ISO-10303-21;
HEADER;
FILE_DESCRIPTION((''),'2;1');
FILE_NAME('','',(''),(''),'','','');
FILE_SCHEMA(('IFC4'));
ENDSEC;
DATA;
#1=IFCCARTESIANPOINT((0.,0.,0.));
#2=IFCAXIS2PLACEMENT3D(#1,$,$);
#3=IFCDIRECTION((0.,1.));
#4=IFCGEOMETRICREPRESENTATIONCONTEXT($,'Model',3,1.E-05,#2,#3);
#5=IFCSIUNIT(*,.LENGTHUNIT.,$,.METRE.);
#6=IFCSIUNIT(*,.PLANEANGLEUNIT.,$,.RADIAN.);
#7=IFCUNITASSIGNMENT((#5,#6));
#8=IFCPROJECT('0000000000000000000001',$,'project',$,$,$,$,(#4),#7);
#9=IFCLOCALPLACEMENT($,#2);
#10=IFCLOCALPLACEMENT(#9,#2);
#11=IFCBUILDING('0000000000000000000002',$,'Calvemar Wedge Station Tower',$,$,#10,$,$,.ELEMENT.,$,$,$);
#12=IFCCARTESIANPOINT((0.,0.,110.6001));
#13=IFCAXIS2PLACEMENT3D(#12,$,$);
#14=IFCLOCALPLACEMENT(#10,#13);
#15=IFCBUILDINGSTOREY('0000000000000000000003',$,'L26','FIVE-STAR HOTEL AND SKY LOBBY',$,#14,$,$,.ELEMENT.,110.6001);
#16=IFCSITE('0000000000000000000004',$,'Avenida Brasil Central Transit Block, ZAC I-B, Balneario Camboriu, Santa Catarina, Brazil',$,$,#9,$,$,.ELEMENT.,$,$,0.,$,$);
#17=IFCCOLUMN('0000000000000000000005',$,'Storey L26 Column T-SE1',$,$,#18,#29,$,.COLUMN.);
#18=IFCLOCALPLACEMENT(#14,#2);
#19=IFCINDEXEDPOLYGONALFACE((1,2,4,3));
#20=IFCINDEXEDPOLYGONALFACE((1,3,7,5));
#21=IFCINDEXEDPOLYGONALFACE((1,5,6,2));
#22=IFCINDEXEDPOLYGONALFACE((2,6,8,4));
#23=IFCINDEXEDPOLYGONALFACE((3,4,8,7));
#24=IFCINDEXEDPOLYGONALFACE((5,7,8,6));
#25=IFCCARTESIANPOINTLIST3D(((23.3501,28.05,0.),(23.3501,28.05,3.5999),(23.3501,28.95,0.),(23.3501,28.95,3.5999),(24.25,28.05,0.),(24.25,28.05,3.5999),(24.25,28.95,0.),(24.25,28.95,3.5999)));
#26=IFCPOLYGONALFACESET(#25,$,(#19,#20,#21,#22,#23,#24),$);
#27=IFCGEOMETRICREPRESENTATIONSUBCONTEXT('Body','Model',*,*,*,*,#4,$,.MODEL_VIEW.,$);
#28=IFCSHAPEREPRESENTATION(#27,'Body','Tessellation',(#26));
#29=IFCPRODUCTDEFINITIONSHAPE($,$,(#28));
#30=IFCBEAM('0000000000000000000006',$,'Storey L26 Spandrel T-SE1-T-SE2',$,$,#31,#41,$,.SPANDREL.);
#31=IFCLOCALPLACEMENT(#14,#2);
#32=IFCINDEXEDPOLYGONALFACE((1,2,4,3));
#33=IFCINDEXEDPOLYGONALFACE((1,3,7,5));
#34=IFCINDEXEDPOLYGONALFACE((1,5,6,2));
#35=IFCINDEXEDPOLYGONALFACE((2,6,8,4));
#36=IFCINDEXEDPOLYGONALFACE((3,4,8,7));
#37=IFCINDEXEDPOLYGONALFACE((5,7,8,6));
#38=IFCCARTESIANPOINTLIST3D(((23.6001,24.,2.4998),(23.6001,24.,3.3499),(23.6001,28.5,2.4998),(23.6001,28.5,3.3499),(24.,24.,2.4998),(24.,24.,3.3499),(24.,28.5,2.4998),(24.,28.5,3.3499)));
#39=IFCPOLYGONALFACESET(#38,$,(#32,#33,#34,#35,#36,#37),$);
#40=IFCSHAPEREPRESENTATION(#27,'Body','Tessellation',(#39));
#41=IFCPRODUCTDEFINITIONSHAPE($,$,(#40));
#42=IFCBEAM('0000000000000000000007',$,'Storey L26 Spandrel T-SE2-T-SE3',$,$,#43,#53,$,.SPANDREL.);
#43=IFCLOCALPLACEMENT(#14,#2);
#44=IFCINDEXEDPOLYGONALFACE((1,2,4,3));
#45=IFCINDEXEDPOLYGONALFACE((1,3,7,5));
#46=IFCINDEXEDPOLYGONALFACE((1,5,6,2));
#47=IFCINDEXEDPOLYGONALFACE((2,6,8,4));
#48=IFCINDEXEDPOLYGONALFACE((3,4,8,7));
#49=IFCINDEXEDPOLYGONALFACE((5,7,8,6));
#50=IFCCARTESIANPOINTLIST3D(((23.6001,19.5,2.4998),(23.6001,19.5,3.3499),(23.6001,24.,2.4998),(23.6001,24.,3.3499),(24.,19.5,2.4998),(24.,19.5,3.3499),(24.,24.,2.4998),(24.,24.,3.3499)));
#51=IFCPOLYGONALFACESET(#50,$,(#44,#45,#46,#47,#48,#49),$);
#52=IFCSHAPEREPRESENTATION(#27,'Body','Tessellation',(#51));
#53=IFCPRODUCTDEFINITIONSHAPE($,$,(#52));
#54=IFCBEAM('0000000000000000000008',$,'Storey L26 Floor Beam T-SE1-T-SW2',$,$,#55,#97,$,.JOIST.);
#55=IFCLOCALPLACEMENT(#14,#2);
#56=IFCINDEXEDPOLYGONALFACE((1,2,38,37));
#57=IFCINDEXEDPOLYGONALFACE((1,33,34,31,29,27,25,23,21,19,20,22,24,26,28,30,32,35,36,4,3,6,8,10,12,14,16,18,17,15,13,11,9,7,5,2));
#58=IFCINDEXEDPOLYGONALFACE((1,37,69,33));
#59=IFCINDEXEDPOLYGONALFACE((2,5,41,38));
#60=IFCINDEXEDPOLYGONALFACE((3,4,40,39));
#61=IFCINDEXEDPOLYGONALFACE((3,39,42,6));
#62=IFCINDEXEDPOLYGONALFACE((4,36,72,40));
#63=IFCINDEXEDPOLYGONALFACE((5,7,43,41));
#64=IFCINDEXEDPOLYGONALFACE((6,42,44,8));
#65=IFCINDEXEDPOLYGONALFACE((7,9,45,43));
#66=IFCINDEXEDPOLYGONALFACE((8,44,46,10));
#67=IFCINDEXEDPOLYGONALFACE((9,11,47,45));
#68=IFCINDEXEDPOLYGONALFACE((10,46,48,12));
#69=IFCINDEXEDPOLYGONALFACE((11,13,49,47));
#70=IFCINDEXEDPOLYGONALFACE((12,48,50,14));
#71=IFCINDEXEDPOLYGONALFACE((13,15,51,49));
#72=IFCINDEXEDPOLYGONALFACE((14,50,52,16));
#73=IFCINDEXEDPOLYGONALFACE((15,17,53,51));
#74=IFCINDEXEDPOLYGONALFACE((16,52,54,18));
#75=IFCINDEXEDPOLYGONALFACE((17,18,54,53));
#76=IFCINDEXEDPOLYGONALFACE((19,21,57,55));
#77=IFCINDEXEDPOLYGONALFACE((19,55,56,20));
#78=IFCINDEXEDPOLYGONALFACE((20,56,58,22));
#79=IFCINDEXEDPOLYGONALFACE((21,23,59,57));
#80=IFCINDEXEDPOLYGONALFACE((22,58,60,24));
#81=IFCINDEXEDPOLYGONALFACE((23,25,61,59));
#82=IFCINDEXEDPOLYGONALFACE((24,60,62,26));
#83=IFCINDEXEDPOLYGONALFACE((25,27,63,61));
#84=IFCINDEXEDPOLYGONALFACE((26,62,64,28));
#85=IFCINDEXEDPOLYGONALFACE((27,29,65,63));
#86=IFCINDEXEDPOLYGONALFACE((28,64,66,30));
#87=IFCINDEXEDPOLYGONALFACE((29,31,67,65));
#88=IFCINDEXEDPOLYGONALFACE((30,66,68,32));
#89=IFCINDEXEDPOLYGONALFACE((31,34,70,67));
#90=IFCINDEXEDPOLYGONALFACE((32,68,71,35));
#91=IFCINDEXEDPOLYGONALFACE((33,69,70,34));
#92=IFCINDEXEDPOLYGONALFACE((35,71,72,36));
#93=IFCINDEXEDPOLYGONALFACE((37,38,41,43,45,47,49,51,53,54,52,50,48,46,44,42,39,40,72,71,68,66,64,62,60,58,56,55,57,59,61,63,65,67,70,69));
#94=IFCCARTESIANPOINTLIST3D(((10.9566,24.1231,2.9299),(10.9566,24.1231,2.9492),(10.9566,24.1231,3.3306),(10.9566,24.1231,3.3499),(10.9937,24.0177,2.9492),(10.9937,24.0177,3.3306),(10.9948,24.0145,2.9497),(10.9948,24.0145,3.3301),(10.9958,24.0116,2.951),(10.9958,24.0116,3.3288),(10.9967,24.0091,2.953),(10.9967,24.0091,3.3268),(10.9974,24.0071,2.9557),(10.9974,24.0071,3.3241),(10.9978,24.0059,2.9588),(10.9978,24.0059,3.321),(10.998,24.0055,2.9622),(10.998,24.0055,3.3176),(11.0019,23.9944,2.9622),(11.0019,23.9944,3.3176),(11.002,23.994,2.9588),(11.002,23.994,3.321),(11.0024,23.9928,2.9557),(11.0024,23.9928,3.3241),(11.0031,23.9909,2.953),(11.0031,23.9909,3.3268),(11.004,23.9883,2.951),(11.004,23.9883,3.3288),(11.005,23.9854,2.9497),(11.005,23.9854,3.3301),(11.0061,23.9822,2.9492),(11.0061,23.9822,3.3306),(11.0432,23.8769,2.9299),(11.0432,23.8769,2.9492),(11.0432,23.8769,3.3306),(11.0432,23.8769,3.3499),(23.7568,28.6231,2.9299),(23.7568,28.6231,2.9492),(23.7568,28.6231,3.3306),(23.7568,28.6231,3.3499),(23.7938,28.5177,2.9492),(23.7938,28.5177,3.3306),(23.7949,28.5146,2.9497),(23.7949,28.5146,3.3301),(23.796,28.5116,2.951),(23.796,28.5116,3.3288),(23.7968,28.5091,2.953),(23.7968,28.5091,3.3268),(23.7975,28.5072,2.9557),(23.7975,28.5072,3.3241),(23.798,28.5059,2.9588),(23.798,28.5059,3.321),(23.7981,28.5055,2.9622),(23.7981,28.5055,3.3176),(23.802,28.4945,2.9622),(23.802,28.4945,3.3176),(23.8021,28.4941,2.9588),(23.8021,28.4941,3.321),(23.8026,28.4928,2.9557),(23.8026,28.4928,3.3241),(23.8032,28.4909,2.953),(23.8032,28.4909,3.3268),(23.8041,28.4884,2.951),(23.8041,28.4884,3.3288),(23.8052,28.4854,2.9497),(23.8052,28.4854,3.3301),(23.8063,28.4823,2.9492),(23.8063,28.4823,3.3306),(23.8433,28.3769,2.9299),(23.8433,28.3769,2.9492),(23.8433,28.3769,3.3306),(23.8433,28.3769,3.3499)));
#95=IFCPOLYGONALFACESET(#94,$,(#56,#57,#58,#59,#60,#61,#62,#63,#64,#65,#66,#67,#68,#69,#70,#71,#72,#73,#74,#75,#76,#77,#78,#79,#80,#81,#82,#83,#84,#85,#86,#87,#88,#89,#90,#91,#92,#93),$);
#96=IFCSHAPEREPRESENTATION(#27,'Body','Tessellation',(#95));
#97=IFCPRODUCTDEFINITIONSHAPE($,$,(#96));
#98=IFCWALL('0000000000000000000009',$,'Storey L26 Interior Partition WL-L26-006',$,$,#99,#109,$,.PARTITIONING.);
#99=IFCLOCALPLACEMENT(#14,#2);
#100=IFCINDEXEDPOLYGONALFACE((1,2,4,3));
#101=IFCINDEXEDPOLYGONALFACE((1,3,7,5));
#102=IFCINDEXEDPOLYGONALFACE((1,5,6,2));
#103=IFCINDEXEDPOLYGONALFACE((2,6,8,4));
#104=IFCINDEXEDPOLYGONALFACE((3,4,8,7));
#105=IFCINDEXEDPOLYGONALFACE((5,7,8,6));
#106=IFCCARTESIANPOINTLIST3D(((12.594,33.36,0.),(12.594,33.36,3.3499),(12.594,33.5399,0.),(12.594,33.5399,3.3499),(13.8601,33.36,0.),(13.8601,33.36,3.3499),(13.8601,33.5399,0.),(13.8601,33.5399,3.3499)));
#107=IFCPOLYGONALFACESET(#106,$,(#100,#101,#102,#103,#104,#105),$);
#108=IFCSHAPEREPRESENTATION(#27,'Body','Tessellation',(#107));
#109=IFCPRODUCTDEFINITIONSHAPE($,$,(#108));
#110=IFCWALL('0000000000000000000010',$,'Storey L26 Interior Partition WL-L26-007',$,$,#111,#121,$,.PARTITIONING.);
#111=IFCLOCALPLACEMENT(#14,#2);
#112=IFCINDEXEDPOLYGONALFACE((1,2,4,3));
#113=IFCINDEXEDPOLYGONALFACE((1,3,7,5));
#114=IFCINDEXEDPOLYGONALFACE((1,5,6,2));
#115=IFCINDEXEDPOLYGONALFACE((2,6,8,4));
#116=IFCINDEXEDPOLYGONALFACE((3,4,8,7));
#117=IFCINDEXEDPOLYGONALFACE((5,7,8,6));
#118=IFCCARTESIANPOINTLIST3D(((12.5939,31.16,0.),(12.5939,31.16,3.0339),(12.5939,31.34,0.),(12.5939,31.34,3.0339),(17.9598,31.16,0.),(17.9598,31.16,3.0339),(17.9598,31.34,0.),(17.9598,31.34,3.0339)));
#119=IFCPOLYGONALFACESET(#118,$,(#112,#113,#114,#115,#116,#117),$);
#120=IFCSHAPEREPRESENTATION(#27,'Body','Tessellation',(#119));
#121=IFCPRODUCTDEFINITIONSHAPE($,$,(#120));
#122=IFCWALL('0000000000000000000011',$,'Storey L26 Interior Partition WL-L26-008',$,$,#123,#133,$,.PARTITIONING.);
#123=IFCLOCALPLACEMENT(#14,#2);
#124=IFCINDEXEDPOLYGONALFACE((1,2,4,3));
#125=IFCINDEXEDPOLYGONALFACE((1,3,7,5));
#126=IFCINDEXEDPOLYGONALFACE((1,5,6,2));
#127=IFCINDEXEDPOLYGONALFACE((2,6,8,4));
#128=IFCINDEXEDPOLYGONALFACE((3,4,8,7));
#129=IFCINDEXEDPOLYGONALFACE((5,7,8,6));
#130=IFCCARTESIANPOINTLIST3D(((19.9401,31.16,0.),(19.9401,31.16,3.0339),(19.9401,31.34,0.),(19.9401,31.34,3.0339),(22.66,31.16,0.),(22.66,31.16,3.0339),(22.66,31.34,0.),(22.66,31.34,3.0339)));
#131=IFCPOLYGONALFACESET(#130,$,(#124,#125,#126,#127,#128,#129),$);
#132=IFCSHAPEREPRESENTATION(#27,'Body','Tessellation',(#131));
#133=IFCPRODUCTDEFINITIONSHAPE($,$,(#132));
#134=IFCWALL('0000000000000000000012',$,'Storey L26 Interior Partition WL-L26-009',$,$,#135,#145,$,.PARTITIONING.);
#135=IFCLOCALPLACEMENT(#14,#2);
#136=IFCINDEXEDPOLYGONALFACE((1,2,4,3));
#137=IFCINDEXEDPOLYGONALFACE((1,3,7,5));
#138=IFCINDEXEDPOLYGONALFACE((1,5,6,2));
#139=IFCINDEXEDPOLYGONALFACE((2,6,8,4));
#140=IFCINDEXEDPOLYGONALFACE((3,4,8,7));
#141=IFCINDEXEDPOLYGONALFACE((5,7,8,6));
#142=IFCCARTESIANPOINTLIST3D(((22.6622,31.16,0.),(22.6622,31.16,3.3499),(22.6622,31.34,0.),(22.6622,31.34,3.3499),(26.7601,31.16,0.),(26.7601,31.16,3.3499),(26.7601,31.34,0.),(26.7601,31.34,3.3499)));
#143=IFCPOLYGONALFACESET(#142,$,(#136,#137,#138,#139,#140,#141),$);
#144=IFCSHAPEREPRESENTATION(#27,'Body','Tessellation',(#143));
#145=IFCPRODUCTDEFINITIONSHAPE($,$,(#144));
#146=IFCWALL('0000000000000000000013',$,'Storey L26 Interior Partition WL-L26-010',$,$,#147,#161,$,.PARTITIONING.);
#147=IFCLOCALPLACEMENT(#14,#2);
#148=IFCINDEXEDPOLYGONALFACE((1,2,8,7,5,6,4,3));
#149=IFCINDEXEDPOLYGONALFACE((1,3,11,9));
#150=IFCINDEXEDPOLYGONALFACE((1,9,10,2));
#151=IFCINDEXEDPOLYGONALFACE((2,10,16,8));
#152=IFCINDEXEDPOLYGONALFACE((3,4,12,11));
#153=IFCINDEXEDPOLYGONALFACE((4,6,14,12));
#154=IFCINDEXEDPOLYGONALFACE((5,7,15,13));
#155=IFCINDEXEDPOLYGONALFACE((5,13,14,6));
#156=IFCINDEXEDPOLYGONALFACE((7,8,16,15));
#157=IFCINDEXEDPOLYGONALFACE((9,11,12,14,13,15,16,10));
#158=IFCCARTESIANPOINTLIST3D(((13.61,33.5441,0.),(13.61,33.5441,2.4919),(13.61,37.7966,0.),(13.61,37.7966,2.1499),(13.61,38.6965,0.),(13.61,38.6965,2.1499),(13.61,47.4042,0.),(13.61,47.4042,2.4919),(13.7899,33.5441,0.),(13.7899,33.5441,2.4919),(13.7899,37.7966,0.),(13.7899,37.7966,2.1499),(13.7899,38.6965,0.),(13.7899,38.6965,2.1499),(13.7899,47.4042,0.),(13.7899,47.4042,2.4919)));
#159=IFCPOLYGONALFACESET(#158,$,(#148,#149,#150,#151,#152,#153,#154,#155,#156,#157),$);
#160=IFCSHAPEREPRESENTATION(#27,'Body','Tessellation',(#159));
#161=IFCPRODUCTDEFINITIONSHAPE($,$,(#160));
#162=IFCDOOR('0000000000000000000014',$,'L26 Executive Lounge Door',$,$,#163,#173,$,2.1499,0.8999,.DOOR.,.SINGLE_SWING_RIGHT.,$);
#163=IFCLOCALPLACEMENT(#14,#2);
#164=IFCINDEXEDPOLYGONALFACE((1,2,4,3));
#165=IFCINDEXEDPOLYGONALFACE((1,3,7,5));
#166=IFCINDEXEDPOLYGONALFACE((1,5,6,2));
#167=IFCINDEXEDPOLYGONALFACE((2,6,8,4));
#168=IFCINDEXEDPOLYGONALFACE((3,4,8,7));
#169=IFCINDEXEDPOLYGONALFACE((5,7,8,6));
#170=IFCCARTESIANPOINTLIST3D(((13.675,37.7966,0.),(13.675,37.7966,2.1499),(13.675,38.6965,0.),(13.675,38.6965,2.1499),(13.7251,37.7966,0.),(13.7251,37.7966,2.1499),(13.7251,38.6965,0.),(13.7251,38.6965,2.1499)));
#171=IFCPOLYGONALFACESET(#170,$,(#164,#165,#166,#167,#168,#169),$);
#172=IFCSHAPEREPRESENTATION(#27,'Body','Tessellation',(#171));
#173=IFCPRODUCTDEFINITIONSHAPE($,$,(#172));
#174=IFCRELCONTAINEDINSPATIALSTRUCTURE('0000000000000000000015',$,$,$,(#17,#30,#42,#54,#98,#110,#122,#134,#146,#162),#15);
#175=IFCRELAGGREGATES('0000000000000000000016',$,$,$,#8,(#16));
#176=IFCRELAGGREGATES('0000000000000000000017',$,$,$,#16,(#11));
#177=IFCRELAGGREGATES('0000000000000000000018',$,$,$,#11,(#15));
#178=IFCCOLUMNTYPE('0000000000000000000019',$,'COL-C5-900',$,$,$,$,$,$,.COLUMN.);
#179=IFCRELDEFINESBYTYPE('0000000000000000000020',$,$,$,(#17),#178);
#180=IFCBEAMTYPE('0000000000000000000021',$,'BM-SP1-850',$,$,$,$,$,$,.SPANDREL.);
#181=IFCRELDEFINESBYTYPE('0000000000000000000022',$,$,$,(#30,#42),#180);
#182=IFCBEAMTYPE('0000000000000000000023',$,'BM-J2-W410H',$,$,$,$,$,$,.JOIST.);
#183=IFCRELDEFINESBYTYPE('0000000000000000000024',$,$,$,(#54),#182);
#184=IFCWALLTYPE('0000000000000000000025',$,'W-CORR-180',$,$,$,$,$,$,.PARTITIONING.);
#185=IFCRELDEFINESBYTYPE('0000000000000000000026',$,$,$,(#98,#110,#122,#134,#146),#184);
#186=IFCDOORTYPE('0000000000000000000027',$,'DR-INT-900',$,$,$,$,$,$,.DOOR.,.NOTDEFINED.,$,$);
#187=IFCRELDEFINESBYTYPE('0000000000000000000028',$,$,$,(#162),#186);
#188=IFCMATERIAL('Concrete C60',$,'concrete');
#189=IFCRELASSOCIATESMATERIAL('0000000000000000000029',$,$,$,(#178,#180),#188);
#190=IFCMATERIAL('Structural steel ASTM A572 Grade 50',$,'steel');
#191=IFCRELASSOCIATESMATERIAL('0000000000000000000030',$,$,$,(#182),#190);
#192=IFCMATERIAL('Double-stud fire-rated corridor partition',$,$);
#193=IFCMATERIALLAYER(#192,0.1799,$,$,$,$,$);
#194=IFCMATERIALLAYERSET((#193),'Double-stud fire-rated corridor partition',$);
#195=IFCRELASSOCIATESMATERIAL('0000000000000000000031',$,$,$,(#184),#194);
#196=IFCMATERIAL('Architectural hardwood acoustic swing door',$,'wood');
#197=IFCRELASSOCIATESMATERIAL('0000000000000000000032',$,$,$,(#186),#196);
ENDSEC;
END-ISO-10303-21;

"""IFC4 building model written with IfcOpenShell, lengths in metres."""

from ifc_helpers import new_model, si_unit, direction, frame, frame_2d, origin, origin_2d, place, context, subcontext, project, spatial, rectangle, i_section, extrude, source, transform, mapped, material, layer, layer_set, material_profile, profile_set, type_object, element, fill, save


model = new_model("IFC4")

# Units and contexts
model_context = context("Model", 3, precision=1e-05, world=origin(), true_north=direction((0.0, 1.0)))
body_context = subcontext(model_context, "Body", "Model", "MODEL_VIEW")
ifc_project = project(units=[si_unit("LENGTHUNIT", "METRE"), si_unit("PLANEANGLEUNIT", "RADIAN")], contexts=[model_context])

# Site, building, storey
site_placement = place(None, origin())
site = spatial("IfcSite", under=ifc_project, at=site_placement, Name="Avenida Brasil Central Transit Block, ZAC I-B, Balneario Camboriu, Santa Catarina, Brazil", CompositionType="ELEMENT", RefElevation=0.0)
building_placement = place(site_placement, origin())
building = spatial("IfcBuilding", under=site, at=building_placement, Name="Calvemar Wedge Station Tower", CompositionType="ELEMENT")
storey_placement = place(building_placement, frame((0.0, 0.0, 110.6001)))
storey = spatial("IfcBuildingStorey", under=building, at=storey_placement, Name="L26", Description="FIVE-STAR HOTEL AND SKY LOBBY", CompositionType="ELEMENT", Elevation=110.6001)

# Column
ifc_material_1 = material(Name="Concrete C60", Category="concrete")
ifc_material_profile_1 = material_profile(ifc_material_1, rectangle(XDim=0.8999, YDim=0.8999, at=origin_2d()), Name="RC900x900")
ifc_profile_set_1 = profile_set([ifc_material_profile_1], Name="Concrete C60")
column_type = type_object("IfcColumnType", Name="COL-C5-900", PredefinedType="COLUMN", material=ifc_profile_set_1)
shared_shape_1 = source(origin(), body_context, "Body", "SweptSolid", [
    extrude(rectangle(XDim=0.8999, YDim=0.8999, at=origin_2d()), origin(), (0.0, 0.0, 1.0), 3.5999),
])
column_placement = place(storey_placement, frame((23.8, 28.5, 0.0), z_axis=(0.0, 0.0, 1.0), x_axis=(1.0, 0.0, 0.0)))
element("IfcColumn", 1, at=column_placement, inside=storey, type_object=column_type, Name="Storey L26 Column T-SE1", PredefinedType="COLUMN", context=body_context, shape_type="MappedRepresentation", body=[
    mapped(shared_shape_1, transform((0.0, 0.0, 0.0), scale=1.0)),
])

# Beams
ifc_material_profile_2 = material_profile(ifc_material_1, rectangle(XDim=0.3999, YDim=0.8501, at=origin_2d()), Name="RC400x850")
ifc_profile_set_2 = profile_set([ifc_material_profile_2], Name="Concrete C60")
beam_type_1 = type_object("IfcBeamType", Name="BM-SP1-850", PredefinedType="SPANDREL", material=ifc_profile_set_2)
shared_shape_2 = source(origin(), body_context, "Body", "SweptSolid", [
    extrude(rectangle(XDim=0.3999, YDim=0.8501, at=origin_2d()), origin(), (0.0, 0.0, 1.0), 4.5),
])
for number, where, z_axis, x_axis, name in (
    (2, (23.8, 28.5, 2.9248), (0.0, -1.0, 0.0), (1.0, 0.0, 0.0), "Storey L26 Spandrel T-SE1-T-SE2"),
    (3, (23.8, 24.0, 2.9248), (0.0, -1.0, 0.0), (1.0, 0.0, 0.0), "Storey L26 Spandrel T-SE2-T-SE3"),
):
    element("IfcBeam", number, at=place(storey_placement, frame(where, z_axis=z_axis, x_axis=x_axis)), inside=storey, type_object=beam_type_1, Name=name, PredefinedType="SPANDREL", context=body_context, shape_type="MappedRepresentation", body=[
        mapped(shared_shape_2, transform((0.0, 0.0, 0.0), scale=1.0)),
    ])
ifc_material_2 = material(Name="Structural steel ASTM A572 Grade 50", Category="steel")
ifc_material_profile_3 = material_profile(ifc_material_2, i_section(OverallWidth=0.261, OverallDepth=0.4199, WebThickness=0.0117, FlangeThickness=0.0193, FilletRadius=0.0129, at=origin_2d()), Name="W410x114")
ifc_profile_set_3 = profile_set([ifc_material_profile_3], Name="Structural steel ASTM A572 Grade 50")
beam_type_2 = type_object("IfcBeamType", Name="BM-J2-W410H", PredefinedType="JOIST", material=ifc_profile_set_3)
shared_shape_3 = source(origin(), body_context, "Body", "SweptSolid", [
    extrude(i_section(OverallWidth=0.261, OverallDepth=0.4199, WebThickness=0.0117, FlangeThickness=0.0193, FilletRadius=0.0129, at=origin_2d()), origin(), (0.0, 0.0, 1.0), 13.5681),
])
beam_placement = place(storey_placement, frame((23.8, 28.5, 3.1399), z_axis=(-0.943398, -0.331662, 0.0), x_axis=(0.331662, -0.943398, 0.0)))
element("IfcBeam", 4, at=beam_placement, inside=storey, type_object=beam_type_2, Name="Storey L26 Floor Beam T-SE1-T-SW2", PredefinedType="JOIST", context=body_context, shape_type="MappedRepresentation", body=[
    mapped(shared_shape_3, transform((0.0, 0.0, 0.0), scale=1.0)),
])

# Walls
ifc_material_3 = material(Name="Double-stud fire-rated corridor partition")
ifc_layer_1 = layer(ifc_material_3, 0.1799)
ifc_layer_set_1 = layer_set([ifc_layer_1], Name="Double-stud fire-rated corridor partition")
wall_type_1 = type_object("IfcWallType", Name="W-CORR-180", PredefinedType="PARTITIONING", material=ifc_layer_set_1)
wall_1_placement = place(storey_placement, frame((12.594, 33.45, 0.0), z_axis=(0.0, 0.0, 1.0), x_axis=(1.0, 0.0, 0.0)))
element("IfcWall", 5, at=wall_1_placement, inside=storey, type_object=wall_type_1, Name="Storey L26 Interior Partition WL-L26-006", PredefinedType="PARTITIONING", context=body_context, shape_type="SweptSolid", body=[
    extrude(rectangle(XDim=1.2661, YDim=0.1799, at=frame_2d((0.6331, 0.0))), origin(), (0.0, 0.0, 1.0), 3.3499),
])
wall_2_placement = place(storey_placement, frame((17.96, 31.25, 0.0), z_axis=(0.0, 0.0, 1.0), x_axis=(-1.0, 0.0, 0.0)))
element("IfcWall", 6, at=wall_2_placement, inside=storey, type_object=wall_type_1, Name="Storey L26 Interior Partition WL-L26-007", PredefinedType="PARTITIONING", context=body_context, shape_type="SweptSolid", body=[
    extrude(rectangle(XDim=5.366, YDim=0.1799, at=frame_2d((2.6831, 0.0))), origin(), (0.0, 0.0, 1.0), 3.0339),
])
wall_3_placement = place(storey_placement, frame((22.6599, 31.25, 0.0), z_axis=(0.0, 0.0, 1.0), x_axis=(-1.0, 0.0, 0.0)))
element("IfcWall", 7, at=wall_3_placement, inside=storey, type_object=wall_type_1, Name="Storey L26 Interior Partition WL-L26-008", PredefinedType="PARTITIONING", context=body_context, shape_type="SweptSolid", body=[
    extrude(rectangle(XDim=2.72, YDim=0.1799, at=frame_2d((1.3599, 0.0))), origin(), (0.0, 0.0, 1.0), 3.0339),
])
wall_4_placement = place(storey_placement, frame((26.76, 31.25, 0.0), z_axis=(0.0, 0.0, 1.0), x_axis=(-1.0, 0.0, 0.0)))
element("IfcWall", 8, at=wall_4_placement, inside=storey, type_object=wall_type_1, Name="Storey L26 Interior Partition WL-L26-009", PredefinedType="PARTITIONING", context=body_context, shape_type="SweptSolid", body=[
    extrude(rectangle(XDim=4.0979, YDim=0.1799, at=frame_2d((2.0488, 0.0))), origin(), (0.0, 0.0, 1.0), 3.3499),
])

# Wall, opening, door
wall_5_placement = place(storey_placement, frame((13.7, 33.5439, 0.0), z_axis=(0.0, 0.0, 1.0), x_axis=(0.0, 1.0, 0.0)))
wall_5 = element("IfcWall", 9, at=wall_5_placement, inside=storey, type_object=wall_type_1, Name="Storey L26 Interior Partition WL-L26-010", PredefinedType="PARTITIONING", context=body_context, shape_type="SweptSolid", body=[
    extrude(rectangle(XDim=13.8601, YDim=0.1799, at=frame_2d((6.9302, 0.0))), origin(), (0.0, 0.0, 1.0), 2.4919),
])
shared_shape_4 = source(origin(), body_context, "Body", "SweptSolid", [
    extrude(rectangle(XDim=0.8999, YDim=2.1499, at=frame_2d((0.45, 1.075))), frame((0.0, 0.1001, 0.0), z_axis=(0.0, -1.0, 0.0), x_axis=(1.0, 0.0, 0.0)), (0.0, 0.0, 1.0), 0.2),
])
opening_1_placement = place(wall_5_placement, frame((4.2527, 0.0, 0.0)))
opening_1 = element("IfcOpeningElement", 10, at=opening_1_placement, cuts=wall_5, PredefinedType="OPENING", context=body_context, shape_type="MappedRepresentation", body=[
    mapped(shared_shape_4, transform((0.0, 0.0, 0.0), scale=1.0)),
])
ifc_material_4 = material(Name="Architectural hardwood acoustic swing door", Category="wood")
door_type_1 = type_object("IfcDoorType", Name="DR-INT-900", OperationType="NOTDEFINED", PredefinedType="DOOR", material=ifc_material_4)
shared_shape_5 = source(origin(), body_context, "Body", "SweptSolid", [
    extrude(rectangle(XDim=0.8999, YDim=2.1499, at=frame_2d((0.45, 1.075))), frame((0.0, 0.0249, 0.0), z_axis=(0.0, -1.0, 0.0), x_axis=(1.0, 0.0, 0.0)), (0.0, 0.0, 1.0), 0.05),
])
door_1_placement = place(opening_1_placement, origin())
door_1 = element("IfcDoor", 11, at=door_1_placement, inside=storey, type_object=door_type_1, Name="L26 Executive Lounge Door", OperationType="SINGLE_SWING_RIGHT", OverallHeight=2.1499, OverallWidth=0.8999, PredefinedType="DOOR", context=body_context, shape_type="MappedRepresentation", body=[
    mapped(shared_shape_5, transform((0.0, 0.0, 0.0), scale=1.0)),
])
fill(opening_1, door_1)

save(model, "model.ifc")
